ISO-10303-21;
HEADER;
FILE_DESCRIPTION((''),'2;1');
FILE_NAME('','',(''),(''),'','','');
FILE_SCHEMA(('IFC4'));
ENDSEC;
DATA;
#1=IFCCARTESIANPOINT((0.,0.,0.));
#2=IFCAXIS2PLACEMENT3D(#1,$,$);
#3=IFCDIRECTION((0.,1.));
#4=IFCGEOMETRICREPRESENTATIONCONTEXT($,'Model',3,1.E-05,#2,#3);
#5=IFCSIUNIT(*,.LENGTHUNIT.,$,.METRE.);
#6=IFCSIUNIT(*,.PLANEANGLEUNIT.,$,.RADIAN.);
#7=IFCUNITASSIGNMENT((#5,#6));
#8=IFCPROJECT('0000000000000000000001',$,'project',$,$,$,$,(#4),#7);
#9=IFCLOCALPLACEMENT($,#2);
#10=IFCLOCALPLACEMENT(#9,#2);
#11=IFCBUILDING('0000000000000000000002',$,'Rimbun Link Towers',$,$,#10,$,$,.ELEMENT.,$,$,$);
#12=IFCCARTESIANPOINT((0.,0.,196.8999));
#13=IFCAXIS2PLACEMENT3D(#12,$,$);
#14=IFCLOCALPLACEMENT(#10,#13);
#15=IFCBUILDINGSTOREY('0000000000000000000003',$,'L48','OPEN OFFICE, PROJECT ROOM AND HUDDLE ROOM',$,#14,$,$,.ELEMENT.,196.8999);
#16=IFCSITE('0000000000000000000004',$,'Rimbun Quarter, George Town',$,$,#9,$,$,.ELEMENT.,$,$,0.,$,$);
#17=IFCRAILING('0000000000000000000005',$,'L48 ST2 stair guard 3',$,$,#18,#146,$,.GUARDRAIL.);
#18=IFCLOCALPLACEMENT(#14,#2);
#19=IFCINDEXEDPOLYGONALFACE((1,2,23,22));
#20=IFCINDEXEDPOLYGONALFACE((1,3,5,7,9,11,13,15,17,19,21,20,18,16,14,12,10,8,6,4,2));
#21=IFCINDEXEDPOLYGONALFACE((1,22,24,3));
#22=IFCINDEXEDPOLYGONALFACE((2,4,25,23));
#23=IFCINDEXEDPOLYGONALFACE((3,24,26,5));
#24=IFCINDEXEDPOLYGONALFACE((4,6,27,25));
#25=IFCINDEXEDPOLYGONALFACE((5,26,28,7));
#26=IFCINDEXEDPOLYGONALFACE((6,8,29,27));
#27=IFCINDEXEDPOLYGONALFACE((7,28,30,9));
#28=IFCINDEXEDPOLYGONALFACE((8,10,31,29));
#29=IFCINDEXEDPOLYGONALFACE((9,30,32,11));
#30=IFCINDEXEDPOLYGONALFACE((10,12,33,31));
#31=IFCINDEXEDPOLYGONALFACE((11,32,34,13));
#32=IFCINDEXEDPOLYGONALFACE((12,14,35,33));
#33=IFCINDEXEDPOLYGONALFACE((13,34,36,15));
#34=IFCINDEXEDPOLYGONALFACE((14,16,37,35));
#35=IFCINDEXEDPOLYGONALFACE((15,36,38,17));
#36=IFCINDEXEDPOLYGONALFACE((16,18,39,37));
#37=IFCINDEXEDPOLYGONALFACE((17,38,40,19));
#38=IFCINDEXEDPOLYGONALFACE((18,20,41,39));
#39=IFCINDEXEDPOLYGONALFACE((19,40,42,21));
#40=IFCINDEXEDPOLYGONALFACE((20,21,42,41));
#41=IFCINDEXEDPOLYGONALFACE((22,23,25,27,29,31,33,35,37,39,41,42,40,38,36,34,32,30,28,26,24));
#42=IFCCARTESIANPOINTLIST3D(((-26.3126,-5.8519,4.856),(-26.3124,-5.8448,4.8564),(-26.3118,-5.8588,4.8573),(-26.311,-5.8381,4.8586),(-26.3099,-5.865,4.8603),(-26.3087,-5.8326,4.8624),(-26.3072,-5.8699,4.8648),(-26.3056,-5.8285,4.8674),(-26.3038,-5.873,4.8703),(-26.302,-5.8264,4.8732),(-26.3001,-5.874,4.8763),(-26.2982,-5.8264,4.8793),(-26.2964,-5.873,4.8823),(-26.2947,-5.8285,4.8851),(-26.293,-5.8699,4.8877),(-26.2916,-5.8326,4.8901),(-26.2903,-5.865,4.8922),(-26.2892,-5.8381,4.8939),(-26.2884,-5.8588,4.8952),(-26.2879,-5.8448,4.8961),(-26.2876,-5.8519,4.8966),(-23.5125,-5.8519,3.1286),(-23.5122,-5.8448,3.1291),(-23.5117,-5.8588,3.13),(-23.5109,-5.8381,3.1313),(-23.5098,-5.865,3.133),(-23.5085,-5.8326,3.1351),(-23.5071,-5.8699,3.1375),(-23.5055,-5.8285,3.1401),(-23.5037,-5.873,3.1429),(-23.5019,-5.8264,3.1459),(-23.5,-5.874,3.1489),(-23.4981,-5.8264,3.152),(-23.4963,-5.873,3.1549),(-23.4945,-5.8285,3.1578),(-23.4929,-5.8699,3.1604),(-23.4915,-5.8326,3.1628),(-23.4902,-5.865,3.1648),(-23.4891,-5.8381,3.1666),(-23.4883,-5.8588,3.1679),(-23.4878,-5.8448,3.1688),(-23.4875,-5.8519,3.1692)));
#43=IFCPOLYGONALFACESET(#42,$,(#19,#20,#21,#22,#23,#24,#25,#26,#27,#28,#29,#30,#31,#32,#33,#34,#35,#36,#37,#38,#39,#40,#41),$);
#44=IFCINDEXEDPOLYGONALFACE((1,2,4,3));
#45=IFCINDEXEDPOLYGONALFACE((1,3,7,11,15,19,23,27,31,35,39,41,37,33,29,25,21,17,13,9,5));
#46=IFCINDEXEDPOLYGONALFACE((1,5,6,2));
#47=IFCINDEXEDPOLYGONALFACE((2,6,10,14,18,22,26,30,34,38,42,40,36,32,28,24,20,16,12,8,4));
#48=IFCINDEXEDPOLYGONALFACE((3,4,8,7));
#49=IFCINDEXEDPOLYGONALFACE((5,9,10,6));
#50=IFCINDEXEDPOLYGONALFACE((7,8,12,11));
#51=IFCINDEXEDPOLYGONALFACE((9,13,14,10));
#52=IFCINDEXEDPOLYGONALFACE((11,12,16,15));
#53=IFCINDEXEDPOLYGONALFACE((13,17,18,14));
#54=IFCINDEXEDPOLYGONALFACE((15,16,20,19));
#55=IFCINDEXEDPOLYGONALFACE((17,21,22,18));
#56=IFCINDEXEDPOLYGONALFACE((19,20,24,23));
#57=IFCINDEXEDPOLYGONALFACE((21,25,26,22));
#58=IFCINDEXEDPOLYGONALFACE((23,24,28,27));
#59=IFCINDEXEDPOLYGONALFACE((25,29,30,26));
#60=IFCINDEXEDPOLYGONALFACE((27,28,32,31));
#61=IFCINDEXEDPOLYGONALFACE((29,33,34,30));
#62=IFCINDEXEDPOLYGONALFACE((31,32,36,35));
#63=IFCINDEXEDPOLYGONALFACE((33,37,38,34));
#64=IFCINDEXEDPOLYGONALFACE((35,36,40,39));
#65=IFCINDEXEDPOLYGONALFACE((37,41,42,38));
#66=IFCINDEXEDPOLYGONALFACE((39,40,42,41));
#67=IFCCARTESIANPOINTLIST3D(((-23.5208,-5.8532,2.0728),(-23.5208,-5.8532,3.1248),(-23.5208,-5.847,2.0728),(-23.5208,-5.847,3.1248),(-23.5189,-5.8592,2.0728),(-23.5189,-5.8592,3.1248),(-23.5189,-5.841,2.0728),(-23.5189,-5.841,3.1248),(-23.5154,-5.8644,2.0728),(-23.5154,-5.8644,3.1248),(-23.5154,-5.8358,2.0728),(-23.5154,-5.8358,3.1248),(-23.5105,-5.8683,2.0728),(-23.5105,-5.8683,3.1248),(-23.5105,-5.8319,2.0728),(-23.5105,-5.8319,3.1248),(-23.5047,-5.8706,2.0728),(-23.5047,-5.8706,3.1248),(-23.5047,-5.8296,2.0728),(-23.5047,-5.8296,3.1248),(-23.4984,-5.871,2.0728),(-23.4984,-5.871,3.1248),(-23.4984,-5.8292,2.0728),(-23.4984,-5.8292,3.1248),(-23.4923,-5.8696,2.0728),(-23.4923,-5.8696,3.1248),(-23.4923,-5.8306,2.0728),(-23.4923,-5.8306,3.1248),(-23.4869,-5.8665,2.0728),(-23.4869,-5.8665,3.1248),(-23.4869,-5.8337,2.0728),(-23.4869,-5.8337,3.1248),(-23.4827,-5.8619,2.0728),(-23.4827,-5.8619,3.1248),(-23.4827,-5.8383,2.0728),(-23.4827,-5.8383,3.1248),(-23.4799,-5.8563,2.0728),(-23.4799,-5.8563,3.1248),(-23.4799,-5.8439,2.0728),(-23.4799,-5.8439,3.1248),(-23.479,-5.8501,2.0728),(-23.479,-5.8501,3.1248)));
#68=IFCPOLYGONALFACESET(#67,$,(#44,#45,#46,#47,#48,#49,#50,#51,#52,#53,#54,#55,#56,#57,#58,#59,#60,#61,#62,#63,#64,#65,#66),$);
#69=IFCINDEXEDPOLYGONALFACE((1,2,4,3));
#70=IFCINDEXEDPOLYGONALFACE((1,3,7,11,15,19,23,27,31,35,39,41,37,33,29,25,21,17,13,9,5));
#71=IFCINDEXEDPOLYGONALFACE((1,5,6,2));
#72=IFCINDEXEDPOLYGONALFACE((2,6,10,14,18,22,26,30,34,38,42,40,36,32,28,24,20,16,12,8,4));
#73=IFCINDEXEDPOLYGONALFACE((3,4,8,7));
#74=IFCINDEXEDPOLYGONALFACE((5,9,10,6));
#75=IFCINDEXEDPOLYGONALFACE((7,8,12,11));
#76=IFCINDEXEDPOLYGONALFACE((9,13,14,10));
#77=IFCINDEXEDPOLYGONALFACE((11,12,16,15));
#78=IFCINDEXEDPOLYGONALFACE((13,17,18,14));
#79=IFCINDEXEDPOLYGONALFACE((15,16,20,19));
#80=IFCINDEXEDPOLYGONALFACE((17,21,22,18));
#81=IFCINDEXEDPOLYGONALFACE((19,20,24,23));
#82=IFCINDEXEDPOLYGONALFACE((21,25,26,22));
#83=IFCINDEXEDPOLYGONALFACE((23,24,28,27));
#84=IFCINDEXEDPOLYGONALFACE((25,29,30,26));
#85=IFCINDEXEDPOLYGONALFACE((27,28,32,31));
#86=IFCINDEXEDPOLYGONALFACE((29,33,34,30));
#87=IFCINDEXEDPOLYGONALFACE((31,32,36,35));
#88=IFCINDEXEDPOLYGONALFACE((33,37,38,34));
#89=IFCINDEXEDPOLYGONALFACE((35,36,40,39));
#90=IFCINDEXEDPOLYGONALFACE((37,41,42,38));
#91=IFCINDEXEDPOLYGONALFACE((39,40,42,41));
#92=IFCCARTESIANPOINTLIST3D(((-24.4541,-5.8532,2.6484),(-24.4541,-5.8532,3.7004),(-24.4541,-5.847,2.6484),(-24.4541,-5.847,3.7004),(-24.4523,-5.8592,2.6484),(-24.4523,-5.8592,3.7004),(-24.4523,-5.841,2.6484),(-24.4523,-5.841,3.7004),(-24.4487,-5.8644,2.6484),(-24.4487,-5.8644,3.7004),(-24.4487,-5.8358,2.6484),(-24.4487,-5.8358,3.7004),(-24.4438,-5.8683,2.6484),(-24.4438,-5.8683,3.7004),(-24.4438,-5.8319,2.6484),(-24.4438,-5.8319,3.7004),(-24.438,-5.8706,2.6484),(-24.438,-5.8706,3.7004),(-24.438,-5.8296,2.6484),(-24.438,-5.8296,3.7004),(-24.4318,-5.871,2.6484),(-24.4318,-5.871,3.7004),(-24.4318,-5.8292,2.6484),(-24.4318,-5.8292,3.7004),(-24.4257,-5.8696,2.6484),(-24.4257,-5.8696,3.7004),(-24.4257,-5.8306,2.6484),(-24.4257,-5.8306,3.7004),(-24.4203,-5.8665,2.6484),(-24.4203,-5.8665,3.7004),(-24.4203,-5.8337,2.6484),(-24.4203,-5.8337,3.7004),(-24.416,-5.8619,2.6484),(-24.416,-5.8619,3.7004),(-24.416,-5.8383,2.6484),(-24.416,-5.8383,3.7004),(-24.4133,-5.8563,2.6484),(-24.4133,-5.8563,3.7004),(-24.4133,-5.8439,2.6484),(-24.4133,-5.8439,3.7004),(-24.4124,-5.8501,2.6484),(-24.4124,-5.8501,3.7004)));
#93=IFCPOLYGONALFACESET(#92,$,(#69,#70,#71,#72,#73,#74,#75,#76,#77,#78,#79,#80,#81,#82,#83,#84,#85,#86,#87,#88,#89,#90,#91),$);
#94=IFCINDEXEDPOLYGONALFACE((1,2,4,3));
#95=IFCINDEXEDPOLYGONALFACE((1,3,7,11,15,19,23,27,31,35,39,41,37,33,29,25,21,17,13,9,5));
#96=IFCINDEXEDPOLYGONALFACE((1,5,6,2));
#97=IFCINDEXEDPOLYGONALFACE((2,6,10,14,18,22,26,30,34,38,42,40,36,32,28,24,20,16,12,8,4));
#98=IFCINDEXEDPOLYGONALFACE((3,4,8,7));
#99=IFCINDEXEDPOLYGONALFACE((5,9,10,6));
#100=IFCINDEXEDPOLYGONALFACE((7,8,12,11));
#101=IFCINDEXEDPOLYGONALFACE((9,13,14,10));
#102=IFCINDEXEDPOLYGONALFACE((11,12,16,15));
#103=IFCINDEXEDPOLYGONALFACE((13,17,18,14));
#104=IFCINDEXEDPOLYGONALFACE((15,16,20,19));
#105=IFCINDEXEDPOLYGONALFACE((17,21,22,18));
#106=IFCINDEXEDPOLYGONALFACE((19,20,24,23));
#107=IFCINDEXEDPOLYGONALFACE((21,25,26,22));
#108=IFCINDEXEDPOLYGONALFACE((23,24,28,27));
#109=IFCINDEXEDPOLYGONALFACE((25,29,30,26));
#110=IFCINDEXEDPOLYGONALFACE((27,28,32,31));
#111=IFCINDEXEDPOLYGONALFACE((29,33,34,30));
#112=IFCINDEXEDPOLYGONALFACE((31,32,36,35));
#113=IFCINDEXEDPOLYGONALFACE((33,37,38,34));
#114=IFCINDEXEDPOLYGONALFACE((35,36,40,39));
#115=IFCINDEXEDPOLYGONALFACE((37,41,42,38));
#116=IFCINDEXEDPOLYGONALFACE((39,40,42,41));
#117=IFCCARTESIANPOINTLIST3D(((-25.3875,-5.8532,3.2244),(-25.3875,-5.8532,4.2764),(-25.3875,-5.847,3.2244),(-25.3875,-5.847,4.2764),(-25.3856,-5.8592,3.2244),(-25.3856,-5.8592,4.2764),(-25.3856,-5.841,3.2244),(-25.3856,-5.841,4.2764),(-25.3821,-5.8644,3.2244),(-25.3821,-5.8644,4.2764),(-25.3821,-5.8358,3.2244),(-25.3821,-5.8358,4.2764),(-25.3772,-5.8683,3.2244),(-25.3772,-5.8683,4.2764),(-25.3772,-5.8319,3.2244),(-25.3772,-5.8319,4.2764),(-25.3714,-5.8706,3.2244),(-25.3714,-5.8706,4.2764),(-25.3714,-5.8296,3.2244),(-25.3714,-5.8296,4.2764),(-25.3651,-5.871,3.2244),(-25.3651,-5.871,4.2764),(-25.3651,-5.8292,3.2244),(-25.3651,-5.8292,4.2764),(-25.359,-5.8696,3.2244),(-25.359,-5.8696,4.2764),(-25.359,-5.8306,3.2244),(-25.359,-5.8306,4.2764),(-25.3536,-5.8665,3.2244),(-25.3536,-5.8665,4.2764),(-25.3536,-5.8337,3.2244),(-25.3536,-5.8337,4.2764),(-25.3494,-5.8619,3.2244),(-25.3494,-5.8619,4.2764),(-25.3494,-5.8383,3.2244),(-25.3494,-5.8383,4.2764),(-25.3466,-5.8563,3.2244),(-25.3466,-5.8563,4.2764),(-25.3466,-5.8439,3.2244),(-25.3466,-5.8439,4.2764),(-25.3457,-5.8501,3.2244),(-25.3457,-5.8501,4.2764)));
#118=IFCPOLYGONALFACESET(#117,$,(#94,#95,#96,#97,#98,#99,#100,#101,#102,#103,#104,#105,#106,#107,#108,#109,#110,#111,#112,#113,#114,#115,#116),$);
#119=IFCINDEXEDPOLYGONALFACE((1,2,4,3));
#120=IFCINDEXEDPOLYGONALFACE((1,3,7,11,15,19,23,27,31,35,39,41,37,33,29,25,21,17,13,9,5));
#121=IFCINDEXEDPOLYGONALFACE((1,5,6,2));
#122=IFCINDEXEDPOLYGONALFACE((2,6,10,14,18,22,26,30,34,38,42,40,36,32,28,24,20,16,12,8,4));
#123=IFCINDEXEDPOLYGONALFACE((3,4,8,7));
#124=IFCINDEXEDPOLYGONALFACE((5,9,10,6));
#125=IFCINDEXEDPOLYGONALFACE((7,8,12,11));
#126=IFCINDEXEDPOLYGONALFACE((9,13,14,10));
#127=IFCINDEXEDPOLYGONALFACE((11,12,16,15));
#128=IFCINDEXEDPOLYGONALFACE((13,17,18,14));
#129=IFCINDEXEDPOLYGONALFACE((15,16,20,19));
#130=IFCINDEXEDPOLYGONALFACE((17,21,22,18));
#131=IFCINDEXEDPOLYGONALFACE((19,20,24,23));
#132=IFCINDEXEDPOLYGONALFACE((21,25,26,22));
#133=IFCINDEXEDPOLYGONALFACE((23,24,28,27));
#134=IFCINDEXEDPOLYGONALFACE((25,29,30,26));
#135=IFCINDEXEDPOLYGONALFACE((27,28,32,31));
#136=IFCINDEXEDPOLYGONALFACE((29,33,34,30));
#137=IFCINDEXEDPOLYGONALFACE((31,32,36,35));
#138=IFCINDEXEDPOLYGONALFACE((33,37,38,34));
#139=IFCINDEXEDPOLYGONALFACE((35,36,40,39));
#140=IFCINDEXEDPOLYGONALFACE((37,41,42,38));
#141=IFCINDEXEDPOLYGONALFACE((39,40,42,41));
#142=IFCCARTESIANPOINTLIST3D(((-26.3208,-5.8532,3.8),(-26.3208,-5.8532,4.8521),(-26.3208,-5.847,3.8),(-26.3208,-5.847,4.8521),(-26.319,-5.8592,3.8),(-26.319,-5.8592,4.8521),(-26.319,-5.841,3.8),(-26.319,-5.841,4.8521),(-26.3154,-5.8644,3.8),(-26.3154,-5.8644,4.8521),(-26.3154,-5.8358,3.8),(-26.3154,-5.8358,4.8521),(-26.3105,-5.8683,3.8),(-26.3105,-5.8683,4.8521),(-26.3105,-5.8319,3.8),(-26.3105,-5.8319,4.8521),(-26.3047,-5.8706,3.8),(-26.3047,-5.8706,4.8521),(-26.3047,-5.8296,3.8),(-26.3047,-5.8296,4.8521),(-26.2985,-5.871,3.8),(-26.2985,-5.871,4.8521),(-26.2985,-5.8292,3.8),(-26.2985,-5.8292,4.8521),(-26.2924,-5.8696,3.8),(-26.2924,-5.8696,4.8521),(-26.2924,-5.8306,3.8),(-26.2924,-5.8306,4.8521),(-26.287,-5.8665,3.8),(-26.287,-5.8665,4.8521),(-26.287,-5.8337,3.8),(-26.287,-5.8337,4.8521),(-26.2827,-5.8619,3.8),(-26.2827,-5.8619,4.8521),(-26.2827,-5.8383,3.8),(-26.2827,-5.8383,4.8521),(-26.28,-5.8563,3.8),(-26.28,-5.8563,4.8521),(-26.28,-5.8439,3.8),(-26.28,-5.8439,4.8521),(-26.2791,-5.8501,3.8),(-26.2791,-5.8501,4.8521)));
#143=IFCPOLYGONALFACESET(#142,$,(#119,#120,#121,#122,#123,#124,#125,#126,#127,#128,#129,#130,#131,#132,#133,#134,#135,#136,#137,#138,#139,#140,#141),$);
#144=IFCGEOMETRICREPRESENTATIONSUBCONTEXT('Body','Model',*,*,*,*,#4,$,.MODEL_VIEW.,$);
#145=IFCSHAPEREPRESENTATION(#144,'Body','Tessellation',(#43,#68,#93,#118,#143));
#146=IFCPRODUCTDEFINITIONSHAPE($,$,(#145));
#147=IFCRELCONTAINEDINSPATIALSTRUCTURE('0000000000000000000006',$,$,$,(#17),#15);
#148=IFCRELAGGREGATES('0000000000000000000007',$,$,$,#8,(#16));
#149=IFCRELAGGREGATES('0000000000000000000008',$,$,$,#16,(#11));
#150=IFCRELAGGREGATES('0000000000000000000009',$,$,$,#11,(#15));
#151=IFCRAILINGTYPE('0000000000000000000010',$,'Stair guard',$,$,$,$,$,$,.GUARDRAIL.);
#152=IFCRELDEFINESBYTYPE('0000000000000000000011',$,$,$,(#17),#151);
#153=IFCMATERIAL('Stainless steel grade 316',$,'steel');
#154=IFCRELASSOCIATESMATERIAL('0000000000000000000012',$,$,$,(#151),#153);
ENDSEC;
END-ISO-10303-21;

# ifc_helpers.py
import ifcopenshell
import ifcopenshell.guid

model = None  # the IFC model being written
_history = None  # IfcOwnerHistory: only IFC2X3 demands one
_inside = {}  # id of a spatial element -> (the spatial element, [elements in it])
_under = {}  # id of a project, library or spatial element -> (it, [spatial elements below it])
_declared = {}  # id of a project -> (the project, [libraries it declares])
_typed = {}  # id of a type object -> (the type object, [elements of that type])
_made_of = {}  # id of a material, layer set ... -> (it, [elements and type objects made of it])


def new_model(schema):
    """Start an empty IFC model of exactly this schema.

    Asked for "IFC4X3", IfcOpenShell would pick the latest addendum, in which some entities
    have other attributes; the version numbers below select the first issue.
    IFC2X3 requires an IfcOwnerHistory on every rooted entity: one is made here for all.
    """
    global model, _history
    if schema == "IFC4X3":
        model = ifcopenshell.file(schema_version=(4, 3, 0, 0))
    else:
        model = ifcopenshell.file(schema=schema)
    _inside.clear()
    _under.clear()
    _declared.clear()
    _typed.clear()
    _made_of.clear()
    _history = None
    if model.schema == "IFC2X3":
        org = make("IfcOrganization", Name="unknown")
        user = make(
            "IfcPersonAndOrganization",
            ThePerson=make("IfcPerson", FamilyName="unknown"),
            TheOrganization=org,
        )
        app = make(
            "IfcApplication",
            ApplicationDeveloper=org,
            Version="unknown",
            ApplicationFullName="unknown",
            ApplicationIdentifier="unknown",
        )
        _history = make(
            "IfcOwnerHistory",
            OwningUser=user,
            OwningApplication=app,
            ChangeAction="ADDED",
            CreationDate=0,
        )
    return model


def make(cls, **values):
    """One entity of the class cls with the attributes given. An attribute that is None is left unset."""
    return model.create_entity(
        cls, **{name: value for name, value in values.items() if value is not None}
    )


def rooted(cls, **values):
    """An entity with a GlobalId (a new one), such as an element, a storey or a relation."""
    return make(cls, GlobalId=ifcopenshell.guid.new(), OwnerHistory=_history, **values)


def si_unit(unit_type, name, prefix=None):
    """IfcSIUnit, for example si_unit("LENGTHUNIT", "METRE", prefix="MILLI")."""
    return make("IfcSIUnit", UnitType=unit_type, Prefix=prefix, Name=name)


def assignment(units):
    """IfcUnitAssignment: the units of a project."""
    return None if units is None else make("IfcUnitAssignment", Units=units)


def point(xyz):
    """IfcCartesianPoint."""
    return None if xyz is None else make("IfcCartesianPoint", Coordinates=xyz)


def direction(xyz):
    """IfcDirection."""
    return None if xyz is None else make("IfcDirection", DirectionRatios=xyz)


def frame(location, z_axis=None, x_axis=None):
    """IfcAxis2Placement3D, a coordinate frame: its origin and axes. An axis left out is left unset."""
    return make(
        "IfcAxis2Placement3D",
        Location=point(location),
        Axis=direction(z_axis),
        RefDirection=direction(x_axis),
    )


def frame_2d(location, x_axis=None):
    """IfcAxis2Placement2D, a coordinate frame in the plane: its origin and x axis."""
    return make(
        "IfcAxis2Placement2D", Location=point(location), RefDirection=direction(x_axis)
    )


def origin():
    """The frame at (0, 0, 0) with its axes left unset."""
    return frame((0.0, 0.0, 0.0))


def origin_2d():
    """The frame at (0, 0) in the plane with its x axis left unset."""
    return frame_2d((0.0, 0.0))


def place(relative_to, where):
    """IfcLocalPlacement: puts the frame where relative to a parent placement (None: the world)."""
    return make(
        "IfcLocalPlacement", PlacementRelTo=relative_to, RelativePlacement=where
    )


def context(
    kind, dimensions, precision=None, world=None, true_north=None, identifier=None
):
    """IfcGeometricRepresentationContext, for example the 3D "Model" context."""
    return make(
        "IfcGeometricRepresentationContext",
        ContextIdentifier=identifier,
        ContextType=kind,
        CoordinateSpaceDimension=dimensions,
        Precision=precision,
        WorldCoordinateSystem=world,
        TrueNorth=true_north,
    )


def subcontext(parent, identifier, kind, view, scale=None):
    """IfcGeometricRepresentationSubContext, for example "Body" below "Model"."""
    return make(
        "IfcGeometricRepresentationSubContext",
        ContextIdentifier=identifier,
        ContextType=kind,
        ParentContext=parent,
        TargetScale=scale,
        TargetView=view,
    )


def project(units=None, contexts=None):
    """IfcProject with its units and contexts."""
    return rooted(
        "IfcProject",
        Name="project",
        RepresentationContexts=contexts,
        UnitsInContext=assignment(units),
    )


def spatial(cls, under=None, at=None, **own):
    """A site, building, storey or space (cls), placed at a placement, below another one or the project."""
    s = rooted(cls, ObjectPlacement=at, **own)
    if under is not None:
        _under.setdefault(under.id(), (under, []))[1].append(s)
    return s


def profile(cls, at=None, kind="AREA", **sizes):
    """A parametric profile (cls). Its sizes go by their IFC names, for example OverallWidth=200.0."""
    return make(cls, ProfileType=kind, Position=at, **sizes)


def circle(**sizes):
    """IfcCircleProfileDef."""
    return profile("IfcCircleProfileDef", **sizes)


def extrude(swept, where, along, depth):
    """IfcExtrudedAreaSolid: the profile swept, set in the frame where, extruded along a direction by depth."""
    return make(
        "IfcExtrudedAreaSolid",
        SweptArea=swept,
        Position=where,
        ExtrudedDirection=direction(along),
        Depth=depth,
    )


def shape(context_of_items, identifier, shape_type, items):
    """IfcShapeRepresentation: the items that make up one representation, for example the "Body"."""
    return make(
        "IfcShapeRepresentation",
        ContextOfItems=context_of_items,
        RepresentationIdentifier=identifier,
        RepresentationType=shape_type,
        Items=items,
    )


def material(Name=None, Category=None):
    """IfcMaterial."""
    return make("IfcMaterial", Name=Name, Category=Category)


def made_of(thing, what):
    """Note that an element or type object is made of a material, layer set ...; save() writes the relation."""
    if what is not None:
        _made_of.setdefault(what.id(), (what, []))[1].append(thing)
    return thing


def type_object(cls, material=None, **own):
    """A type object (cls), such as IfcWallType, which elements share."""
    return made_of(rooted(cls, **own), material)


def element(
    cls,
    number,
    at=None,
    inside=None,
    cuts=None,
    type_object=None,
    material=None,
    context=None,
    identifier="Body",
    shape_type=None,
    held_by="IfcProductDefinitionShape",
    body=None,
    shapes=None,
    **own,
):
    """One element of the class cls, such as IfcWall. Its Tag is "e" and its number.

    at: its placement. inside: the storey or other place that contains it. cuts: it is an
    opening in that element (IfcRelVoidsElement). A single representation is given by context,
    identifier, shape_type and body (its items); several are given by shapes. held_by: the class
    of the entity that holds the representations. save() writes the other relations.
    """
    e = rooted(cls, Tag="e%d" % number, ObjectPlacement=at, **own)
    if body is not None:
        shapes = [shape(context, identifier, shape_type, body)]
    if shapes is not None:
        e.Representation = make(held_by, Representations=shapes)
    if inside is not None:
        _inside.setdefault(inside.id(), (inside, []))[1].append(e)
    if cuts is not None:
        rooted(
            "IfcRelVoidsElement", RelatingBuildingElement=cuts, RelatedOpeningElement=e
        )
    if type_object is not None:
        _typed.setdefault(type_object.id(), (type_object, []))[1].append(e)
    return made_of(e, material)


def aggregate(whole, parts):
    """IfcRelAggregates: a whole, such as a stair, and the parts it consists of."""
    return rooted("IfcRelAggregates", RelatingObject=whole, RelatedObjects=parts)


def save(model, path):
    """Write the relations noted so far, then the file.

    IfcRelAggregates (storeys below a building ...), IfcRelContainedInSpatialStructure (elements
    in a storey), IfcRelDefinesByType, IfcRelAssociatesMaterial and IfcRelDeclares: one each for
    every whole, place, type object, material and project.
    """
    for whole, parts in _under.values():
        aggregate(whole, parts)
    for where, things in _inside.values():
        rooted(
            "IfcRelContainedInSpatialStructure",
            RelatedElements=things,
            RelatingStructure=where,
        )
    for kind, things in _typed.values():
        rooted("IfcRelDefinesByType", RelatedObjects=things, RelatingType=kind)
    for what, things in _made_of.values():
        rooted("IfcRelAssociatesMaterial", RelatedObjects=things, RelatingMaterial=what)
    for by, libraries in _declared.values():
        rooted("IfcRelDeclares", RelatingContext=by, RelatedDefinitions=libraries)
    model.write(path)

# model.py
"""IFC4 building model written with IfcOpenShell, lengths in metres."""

from ifc_helpers import new_model, si_unit, direction, frame, origin, origin_2d, place, context, subcontext, project, spatial, circle, extrude, material, type_object, element, save


model = new_model("IFC4")

# Units and contexts
model_context = context("Model", 3, precision=1e-05, world=origin(), true_north=direction((0.0, 1.0)))
body_context = subcontext(model_context, "Body", "Model", "MODEL_VIEW")
ifc_project = project(units=[si_unit("LENGTHUNIT", "METRE"), si_unit("PLANEANGLEUNIT", "RADIAN")], contexts=[model_context])

# Site, building, storey
site_placement = place(None, origin())
site = spatial("IfcSite", under=ifc_project, at=site_placement, Name="Rimbun Quarter, George Town", CompositionType="ELEMENT", RefElevation=0.0)
building_placement = place(site_placement, origin())
building = spatial("IfcBuilding", under=site, at=building_placement, Name="Rimbun Link Towers", CompositionType="ELEMENT")
storey_placement = place(building_placement, frame((0.0, 0.0, 196.8999)))
storey = spatial("IfcBuildingStorey", under=building, at=storey_placement, Name="L48", Description="OPEN OFFICE, PROJECT ROOM AND HUDDLE ROOM", CompositionType="ELEMENT", Elevation=196.8999)

# Railing
ifc_material_1 = material(Name="Stainless steel grade 316", Category="steel")
railing_type_1 = type_object("IfcRailingType", Name="Stair guard", PredefinedType="GUARDRAIL", material=ifc_material_1)
railing_1_placement = place(storey_placement, frame((-23.5, -5.8501, 2.0728)))
element("IfcRailing", 1, at=railing_1_placement, inside=storey, type_object=railing_type_1, Name="L48 ST2 stair guard 3", PredefinedType="GUARDRAIL", context=body_context, shape_type="SweptSolid", body=[
    extrude(circle(Radius=0.0239, at=origin_2d()), frame((0.0, 0.0, 1.0762), z_axis=(-0.85109, 0.0, 0.52502), x_axis=(0.0, -1.0, 0.0)), (0.0, 0.0, 1.0), 3.29),
    extrude(circle(Radius=0.021, at=origin_2d()), origin(), (0.0, 0.0, 1.0), 1.052),
    extrude(circle(Radius=0.021, at=origin_2d()), frame((-0.9333, 0.0, 0.5757)), (0.0, 0.0, 1.0), 1.052),
    extrude(circle(Radius=0.021, at=origin_2d()), frame((-1.8667, 0.0, 1.1516)), (0.0, 0.0, 1.0), 1.052),
    extrude(circle(Radius=0.021, at=origin_2d()), frame((-2.8, 0.0, 1.7273)), (0.0, 0.0, 1.0), 1.052),
])

save(model, "model.ifc")
